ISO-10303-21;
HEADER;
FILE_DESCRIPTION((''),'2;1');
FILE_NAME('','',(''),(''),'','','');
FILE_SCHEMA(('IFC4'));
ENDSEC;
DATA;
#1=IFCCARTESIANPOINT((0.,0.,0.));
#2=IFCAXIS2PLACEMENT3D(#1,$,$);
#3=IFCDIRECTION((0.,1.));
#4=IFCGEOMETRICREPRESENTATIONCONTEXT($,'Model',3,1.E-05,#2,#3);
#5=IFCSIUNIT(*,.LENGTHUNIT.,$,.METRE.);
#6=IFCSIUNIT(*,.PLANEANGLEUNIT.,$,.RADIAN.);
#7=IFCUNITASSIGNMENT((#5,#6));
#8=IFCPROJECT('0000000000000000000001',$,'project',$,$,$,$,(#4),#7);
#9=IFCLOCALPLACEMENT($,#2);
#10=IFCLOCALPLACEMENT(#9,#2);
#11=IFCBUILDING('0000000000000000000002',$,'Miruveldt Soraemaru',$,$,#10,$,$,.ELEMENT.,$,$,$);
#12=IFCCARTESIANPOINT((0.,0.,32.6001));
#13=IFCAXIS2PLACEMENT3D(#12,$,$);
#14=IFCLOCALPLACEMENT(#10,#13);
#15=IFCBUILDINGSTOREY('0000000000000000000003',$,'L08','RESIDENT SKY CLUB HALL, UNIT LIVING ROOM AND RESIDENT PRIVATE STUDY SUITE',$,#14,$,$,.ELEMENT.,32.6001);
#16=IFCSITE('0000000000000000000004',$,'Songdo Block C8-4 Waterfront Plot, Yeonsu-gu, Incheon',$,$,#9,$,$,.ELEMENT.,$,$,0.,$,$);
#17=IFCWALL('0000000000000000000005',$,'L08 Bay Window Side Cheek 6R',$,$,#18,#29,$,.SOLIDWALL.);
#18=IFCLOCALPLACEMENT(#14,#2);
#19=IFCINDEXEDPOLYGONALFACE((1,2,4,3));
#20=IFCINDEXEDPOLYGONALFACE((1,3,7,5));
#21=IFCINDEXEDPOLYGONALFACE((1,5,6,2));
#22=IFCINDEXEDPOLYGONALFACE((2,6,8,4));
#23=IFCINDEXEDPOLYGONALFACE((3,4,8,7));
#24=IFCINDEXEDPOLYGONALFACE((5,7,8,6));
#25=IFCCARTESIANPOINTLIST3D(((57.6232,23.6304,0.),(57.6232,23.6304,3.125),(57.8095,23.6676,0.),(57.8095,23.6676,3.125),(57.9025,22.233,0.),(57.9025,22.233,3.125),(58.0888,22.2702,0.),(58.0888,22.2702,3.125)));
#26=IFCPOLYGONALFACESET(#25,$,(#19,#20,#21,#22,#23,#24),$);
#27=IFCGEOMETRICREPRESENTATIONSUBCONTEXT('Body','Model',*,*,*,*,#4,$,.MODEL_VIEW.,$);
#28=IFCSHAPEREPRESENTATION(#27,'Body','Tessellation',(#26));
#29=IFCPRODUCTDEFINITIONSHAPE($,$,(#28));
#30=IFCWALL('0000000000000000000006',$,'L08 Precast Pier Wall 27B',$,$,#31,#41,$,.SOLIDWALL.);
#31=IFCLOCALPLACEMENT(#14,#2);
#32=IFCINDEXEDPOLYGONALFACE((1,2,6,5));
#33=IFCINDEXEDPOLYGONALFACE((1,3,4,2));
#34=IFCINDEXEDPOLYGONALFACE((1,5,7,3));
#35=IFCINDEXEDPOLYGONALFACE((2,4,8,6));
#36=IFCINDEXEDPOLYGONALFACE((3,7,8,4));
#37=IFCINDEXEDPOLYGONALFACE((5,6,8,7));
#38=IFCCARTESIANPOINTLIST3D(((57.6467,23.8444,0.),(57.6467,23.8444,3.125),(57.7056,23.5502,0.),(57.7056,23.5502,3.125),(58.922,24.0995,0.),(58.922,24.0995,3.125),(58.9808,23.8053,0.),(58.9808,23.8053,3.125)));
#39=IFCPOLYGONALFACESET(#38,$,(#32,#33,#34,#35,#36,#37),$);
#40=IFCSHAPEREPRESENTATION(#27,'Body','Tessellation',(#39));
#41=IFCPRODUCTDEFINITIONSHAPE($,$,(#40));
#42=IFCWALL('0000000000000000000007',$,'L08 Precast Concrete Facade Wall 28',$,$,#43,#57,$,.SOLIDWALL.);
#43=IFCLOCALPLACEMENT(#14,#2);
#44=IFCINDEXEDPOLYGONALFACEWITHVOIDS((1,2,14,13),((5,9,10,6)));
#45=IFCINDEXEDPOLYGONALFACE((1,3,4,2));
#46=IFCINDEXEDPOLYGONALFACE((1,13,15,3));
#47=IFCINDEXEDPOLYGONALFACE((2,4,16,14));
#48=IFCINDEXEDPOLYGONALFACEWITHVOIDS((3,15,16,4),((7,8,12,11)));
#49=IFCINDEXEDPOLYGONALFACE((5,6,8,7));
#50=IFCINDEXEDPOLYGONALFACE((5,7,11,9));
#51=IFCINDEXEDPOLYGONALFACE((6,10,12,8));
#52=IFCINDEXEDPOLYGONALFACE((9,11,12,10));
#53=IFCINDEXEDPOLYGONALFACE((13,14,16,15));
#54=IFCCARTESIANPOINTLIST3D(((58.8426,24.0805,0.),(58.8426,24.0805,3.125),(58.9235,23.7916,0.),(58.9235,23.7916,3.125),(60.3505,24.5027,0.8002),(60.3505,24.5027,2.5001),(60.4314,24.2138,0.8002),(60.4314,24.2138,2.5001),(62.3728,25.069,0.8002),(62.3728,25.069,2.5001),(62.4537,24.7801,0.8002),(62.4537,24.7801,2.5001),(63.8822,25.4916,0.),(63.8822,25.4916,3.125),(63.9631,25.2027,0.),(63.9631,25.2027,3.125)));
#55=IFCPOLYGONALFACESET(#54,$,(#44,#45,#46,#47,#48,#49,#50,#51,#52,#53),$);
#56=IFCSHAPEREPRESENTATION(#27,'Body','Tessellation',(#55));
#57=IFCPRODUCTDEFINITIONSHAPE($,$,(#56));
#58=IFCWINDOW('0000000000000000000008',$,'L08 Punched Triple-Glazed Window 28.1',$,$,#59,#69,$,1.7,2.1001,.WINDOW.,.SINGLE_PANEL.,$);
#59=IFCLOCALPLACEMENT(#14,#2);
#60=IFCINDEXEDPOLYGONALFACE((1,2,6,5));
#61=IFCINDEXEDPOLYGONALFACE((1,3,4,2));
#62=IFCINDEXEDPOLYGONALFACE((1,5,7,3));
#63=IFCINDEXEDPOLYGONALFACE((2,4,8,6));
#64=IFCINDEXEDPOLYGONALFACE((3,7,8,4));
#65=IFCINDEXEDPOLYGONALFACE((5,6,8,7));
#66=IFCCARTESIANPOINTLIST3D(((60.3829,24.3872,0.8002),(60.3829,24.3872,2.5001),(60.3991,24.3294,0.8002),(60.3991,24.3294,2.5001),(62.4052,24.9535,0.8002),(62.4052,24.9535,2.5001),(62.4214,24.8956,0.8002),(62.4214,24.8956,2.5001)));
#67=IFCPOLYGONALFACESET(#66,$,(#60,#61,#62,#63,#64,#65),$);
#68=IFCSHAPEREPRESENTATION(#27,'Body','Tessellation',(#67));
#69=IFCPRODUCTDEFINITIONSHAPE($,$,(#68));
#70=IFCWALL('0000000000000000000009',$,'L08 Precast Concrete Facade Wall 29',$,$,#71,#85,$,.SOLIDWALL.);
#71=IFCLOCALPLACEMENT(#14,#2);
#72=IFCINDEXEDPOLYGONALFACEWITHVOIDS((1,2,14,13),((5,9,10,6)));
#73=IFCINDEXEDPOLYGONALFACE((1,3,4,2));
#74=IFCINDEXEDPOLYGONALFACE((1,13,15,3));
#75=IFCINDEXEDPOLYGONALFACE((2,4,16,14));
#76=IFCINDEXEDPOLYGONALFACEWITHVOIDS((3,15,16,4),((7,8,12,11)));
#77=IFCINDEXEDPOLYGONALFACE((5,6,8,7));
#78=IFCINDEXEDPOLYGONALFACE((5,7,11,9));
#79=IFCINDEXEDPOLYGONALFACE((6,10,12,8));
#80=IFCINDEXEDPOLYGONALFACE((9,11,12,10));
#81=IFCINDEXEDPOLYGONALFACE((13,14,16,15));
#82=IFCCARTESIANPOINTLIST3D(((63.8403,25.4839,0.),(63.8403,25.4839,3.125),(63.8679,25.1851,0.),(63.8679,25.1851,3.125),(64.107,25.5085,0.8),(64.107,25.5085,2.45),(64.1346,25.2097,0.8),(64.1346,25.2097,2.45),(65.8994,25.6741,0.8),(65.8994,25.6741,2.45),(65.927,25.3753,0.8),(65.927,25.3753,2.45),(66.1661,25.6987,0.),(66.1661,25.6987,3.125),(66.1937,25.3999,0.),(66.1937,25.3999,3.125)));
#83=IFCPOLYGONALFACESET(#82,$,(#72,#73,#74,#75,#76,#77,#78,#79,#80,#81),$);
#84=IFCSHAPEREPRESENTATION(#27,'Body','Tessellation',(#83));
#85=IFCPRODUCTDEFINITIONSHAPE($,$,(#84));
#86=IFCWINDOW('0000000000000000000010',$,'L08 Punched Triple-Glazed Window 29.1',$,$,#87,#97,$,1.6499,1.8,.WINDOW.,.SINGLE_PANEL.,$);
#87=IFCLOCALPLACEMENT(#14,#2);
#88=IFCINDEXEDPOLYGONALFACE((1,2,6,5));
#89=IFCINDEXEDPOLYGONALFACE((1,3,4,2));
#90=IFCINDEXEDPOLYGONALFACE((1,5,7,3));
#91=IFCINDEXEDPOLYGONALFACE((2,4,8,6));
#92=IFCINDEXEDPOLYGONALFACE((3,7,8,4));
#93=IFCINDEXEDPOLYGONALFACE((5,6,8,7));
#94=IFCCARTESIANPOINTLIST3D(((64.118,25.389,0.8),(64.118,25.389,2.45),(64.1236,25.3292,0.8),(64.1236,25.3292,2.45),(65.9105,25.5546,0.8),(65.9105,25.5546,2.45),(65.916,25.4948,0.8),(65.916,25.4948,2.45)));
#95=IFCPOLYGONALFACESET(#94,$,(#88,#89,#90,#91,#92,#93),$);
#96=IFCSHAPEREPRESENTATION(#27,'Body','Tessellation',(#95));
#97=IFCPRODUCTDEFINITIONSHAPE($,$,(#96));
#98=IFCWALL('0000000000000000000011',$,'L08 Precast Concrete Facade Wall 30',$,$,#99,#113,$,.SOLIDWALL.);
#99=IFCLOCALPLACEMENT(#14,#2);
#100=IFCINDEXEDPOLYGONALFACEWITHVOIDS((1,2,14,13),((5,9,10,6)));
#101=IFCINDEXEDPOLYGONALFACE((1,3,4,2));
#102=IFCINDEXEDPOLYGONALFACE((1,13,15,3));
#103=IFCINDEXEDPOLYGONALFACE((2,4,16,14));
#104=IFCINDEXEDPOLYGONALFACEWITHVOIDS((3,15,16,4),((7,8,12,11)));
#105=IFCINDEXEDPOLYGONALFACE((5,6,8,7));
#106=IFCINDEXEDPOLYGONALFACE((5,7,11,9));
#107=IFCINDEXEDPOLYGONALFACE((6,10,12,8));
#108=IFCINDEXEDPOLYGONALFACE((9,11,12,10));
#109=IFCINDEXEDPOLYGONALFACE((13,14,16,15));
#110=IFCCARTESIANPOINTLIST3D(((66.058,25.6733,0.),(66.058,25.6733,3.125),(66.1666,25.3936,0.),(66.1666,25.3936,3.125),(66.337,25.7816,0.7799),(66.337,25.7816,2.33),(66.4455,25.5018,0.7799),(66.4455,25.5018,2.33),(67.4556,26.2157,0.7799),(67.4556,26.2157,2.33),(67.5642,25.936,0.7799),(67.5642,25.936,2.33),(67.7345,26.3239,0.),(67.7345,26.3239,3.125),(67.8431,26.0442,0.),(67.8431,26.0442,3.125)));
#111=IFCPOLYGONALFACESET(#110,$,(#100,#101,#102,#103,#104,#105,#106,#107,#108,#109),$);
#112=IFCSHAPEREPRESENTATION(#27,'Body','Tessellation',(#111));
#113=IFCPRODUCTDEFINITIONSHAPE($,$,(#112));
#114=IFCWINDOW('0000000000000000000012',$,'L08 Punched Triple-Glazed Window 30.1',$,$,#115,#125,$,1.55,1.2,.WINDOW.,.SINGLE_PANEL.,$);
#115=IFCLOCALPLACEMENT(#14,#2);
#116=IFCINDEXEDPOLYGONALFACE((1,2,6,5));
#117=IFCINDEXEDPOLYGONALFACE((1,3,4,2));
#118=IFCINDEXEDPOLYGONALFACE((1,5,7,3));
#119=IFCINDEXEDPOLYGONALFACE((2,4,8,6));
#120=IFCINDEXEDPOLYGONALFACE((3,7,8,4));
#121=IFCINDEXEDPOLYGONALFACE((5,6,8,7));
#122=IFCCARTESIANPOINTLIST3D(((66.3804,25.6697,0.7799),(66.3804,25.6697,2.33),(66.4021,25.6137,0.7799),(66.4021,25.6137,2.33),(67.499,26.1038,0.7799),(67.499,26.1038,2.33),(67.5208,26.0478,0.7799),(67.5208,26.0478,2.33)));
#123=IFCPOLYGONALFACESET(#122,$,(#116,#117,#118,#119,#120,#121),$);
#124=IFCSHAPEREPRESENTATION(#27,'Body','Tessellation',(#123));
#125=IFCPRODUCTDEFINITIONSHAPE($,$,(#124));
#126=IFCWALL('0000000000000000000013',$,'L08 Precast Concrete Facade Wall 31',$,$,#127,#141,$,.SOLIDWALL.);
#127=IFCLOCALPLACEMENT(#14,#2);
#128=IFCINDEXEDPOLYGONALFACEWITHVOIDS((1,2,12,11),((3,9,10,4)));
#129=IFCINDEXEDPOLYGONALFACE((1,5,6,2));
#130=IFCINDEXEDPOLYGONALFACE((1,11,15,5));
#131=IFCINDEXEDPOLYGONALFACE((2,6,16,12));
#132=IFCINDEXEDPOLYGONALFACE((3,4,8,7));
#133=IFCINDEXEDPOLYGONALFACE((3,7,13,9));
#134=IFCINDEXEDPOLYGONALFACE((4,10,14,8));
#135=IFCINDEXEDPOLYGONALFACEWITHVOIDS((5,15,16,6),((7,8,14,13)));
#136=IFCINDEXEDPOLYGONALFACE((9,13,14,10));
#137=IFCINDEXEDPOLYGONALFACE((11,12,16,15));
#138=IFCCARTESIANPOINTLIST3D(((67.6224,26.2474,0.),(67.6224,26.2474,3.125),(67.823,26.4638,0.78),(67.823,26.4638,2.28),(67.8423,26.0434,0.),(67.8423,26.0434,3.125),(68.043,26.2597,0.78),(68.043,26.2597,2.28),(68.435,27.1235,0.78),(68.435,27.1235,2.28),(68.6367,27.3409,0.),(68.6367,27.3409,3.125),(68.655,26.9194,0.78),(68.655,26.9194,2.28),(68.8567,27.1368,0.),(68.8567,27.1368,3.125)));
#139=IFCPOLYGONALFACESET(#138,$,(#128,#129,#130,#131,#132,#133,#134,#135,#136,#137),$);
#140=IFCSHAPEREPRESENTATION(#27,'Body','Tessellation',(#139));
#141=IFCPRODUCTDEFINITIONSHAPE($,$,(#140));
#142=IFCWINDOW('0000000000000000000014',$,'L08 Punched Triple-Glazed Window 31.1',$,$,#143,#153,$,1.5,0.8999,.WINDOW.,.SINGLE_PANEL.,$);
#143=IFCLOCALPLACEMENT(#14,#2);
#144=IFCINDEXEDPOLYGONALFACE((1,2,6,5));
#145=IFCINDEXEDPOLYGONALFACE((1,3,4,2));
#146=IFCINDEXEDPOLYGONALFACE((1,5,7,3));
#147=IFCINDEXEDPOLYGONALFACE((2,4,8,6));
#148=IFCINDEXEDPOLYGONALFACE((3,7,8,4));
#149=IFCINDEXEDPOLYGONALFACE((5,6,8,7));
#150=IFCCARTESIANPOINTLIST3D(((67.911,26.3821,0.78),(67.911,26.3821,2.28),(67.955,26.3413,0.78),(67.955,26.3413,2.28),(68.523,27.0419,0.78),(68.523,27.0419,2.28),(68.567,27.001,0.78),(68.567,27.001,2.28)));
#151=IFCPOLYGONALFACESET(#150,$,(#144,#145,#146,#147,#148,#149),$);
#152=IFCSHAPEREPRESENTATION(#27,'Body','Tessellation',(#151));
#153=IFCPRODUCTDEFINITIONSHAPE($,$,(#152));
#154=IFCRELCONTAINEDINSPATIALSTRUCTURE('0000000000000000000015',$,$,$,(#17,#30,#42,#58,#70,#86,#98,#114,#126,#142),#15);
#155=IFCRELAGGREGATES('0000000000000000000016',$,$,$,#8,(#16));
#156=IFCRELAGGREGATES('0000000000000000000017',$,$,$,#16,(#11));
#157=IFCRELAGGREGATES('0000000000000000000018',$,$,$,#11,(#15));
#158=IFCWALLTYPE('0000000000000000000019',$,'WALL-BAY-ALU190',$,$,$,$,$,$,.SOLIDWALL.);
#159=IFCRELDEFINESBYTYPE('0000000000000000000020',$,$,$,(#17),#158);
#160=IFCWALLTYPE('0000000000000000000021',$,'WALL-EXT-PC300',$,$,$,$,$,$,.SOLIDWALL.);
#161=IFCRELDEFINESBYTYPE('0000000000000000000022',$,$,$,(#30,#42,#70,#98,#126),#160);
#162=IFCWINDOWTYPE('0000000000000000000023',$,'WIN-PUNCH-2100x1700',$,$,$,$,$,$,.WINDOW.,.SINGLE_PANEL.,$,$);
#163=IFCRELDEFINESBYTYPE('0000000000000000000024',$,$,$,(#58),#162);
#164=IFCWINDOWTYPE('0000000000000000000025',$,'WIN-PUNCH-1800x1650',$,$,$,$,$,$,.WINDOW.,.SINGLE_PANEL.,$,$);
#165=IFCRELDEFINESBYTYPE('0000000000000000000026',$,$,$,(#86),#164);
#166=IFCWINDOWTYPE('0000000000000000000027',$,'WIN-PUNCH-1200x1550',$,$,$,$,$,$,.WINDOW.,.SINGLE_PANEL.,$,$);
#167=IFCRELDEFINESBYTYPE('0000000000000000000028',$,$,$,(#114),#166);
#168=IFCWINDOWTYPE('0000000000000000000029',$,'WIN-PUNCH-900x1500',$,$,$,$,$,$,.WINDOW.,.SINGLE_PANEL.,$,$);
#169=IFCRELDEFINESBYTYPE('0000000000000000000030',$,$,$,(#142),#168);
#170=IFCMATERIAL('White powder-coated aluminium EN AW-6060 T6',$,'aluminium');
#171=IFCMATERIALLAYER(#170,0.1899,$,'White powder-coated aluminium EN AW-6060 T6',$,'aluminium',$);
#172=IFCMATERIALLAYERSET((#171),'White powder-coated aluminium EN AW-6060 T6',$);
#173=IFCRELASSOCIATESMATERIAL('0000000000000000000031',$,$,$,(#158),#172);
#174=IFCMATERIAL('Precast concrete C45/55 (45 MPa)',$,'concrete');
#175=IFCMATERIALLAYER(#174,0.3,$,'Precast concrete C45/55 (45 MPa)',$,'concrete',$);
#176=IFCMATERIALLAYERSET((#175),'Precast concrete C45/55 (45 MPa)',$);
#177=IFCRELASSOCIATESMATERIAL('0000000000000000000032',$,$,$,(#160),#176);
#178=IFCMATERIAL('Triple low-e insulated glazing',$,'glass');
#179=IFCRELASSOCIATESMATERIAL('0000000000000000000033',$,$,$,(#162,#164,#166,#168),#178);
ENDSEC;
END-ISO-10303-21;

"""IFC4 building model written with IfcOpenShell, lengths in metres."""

from ifc_helpers import new_model, si_unit, direction, frame, frame_2d, origin, place, context, subcontext, project, spatial, rectangle, extrude, material, layer, layer_set, type_object, element, fill, save


model = new_model("IFC4")

# Units and contexts
model_context = context("Model", 3, precision=1e-05, world=origin(), true_north=direction((0.0, 1.0)))
body_context = subcontext(model_context, "Body", "Model", "MODEL_VIEW")
ifc_project = project(units=[si_unit("LENGTHUNIT", "METRE"), si_unit("PLANEANGLEUNIT", "RADIAN")], contexts=[model_context])

# Site, building, storey
site_placement = place(None, origin())
site = spatial("IfcSite", under=ifc_project, at=site_placement, Name="Songdo Block C8-4 Waterfront Plot, Yeonsu-gu, Incheon", CompositionType="ELEMENT", RefElevation=0.0)
building_placement = place(site_placement, origin())
building = spatial("IfcBuilding", under=site, at=building_placement, Name="Miruveldt Soraemaru", CompositionType="ELEMENT")
storey_placement = place(building_placement, frame((0.0, 0.0, 32.6001)))
storey = spatial("IfcBuildingStorey", under=building, at=storey_placement, Name="L08", Description="RESIDENT SKY CLUB HALL, UNIT LIVING ROOM AND RESIDENT PRIVATE STUDY SUITE", CompositionType="ELEMENT", Elevation=32.6001)

# Walls
ifc_material_1 = material(Name="White powder-coated aluminium EN AW-6060 T6", Category="aluminium")
ifc_layer_1 = layer(ifc_material_1, 0.1899, Name="White powder-coated aluminium EN AW-6060 T6", Category="aluminium")
ifc_layer_set_1 = layer_set([ifc_layer_1], Name="White powder-coated aluminium EN AW-6060 T6")
wall_type_1 = type_object("IfcWallType", Name="WALL-BAY-ALU190", PredefinedType="SOLIDWALL", material=ifc_layer_set_1)
wall_1_placement = place(storey_placement, frame((57.9956, 22.2517, 0.0), z_axis=(0.0, 0.0, 1.0), x_axis=(-0.195984, 0.980607, 0.0)))
element("IfcWall", 1, at=wall_1_placement, inside=storey, type_object=wall_type_1, Name="L08 Bay Window Side Cheek 6R", PredefinedType="SOLIDWALL", context=body_context, shape_type="SweptSolid", body=[
    extrude(rectangle(XDim=1.425, YDim=0.1899, at=frame_2d((0.7124, 0.0))), origin(), (0.0, 0.0, 1.0), 3.125),
])
ifc_material_2 = material(Name="Precast concrete C45/55 (45 MPa)", Category="concrete")
ifc_layer_2 = layer(ifc_material_2, 0.3, Name="Precast concrete C45/55 (45 MPa)", Category="concrete")
ifc_layer_set_2 = layer_set([ifc_layer_2], Name="Precast concrete C45/55 (45 MPa)")
wall_type_2 = type_object("IfcWallType", Name="WALL-EXT-PC300", PredefinedType="SOLIDWALL", material=ifc_layer_set_2)
wall_2_placement = place(storey_placement, frame((57.676, 23.6973, 0.0), z_axis=(0.0, 0.0, 1.0), x_axis=(0.980566, 0.196188, 0.0)))
element("IfcWall", 2, at=wall_2_placement, inside=storey, type_object=wall_type_2, Name="L08 Precast Pier Wall 27B", PredefinedType="SOLIDWALL", context=body_context, shape_type="SweptSolid", body=[
    extrude(rectangle(XDim=1.3005, YDim=0.3, at=frame_2d((0.6504, 0.0))), origin(), (0.0, 0.0, 1.0), 3.125),
])

# Walls, openings, windows
wall_3_placement = place(storey_placement, frame((58.8831, 23.936, 0.0), z_axis=(0.0, 0.0, 1.0), x_axis=(0.962961, 0.26964, 0.0)))
wall_3 = element("IfcWall", 3, at=wall_3_placement, inside=storey, type_object=wall_type_2, Name="L08 Precast Concrete Facade Wall 28", PredefinedType="SOLIDWALL", context=body_context, shape_type="SweptSolid", body=[
    extrude(rectangle(XDim=5.2334, YDim=0.3, at=frame_2d((2.6167, 0.0))), origin(), (0.0, 0.0, 1.0), 3.125),
])
opening_1_placement = place(wall_3_placement, frame((1.5659, 0.0, 0.8)))
opening_1 = element("IfcOpeningElement", 4, at=opening_1_placement, cuts=wall_3, PredefinedType="OPENING", context=body_context, shape_type="SweptSolid", body=[
    extrude(rectangle(XDim=2.1001, YDim=1.7, at=frame_2d((1.05, 0.8501))), frame((0.0, 0.1602, 0.0), z_axis=(0.0, -1.0, 0.0), x_axis=(1.0, 0.0, 0.0)), (0.0, 0.0, 1.0), 0.3201),
])
ifc_material_3 = material(Name="Triple low-e insulated glazing", Category="glass")
window_type_1 = type_object("IfcWindowType", Name="WIN-PUNCH-2100x1700", PartitioningType="SINGLE_PANEL", PredefinedType="WINDOW", material=ifc_material_3)
window_1_placement = place(opening_1_placement, origin())
window_1 = element("IfcWindow", 5, at=window_1_placement, inside=storey, type_object=window_type_1, Name="L08 Punched Triple-Glazed Window 28.1", OverallHeight=1.7, OverallWidth=2.1001, PartitioningType="SINGLE_PANEL", PredefinedType="WINDOW", context=body_context, shape_type="SweptSolid", body=[
    extrude(rectangle(XDim=2.1001, YDim=1.7, at=frame_2d((1.05, 0.8501))), frame((0.0, 0.03, 0.0), z_axis=(0.0, -1.0, 0.0), x_axis=(1.0, 0.0, 0.0)), (0.0, 0.0, 1.0), 0.0601),
])
fill(opening_1, window_1)
wall_4_placement = place(storey_placement, frame((63.854, 25.3345, 0.0), z_axis=(0.0, 0.0, 1.0), x_axis=(0.99576, 0.091987, 0.0)))
wall_4 = element("IfcWall", 6, at=wall_4_placement, inside=storey, type_object=wall_type_2, Name="L08 Precast Concrete Facade Wall 29", PredefinedType="SOLIDWALL", context=body_context, shape_type="SweptSolid", body=[
    extrude(rectangle(XDim=2.3357, YDim=0.3, at=frame_2d((1.168, 0.0))), origin(), (0.0, 0.0, 1.0), 3.125),
])
opening_2_placement = place(wall_4_placement, frame((0.2681, 0.0, 0.8)))
opening_2 = element("IfcOpeningElement", 7, at=opening_2_placement, cuts=wall_4, PredefinedType="OPENING", context=body_context, shape_type="SweptSolid", body=[
    extrude(rectangle(XDim=1.8, YDim=1.6499, at=frame_2d((0.8999, 0.825))), frame((0.0, 0.1602, 0.0), z_axis=(0.0, -1.0, 0.0), x_axis=(1.0, 0.0, 0.0)), (0.0, 0.0, 1.0), 0.3201),
])
window_type_2 = type_object("IfcWindowType", Name="WIN-PUNCH-1800x1650", PartitioningType="SINGLE_PANEL", PredefinedType="WINDOW", material=ifc_material_3)
window_2_placement = place(opening_2_placement, origin())
window_2 = element("IfcWindow", 8, at=window_2_placement, inside=storey, type_object=window_type_2, Name="L08 Punched Triple-Glazed Window 29.1", OverallHeight=1.6499, OverallWidth=1.8, PartitioningType="SINGLE_PANEL", PredefinedType="WINDOW", context=body_context, shape_type="SweptSolid", body=[
    extrude(rectangle(XDim=1.8, YDim=1.6499, at=frame_2d((0.8999, 0.825))), frame((0.0, 0.03, 0.0), z_axis=(0.0, -1.0, 0.0), x_axis=(1.0, 0.0, 0.0)), (0.0, 0.0, 1.0), 0.0601),
])
fill(opening_2, window_2)
wall_5_placement = place(storey_placement, frame((66.1123, 25.5334, 0.0), z_axis=(0.0, 0.0, 1.0), x_axis=(0.932257, 0.361798, 0.0)))
wall_5 = element("IfcWall", 9, at=wall_5_placement, inside=storey, type_object=wall_type_2, Name="L08 Precast Concrete Facade Wall 30", PredefinedType="SOLIDWALL", context=body_context, shape_type="SweptSolid", body=[
    extrude(rectangle(XDim=1.7983, YDim=0.3, at=frame_2d((0.8992, 0.0))), origin(), (0.0, 0.0, 1.0), 3.125),
])
opening_3_placement = place(wall_5_placement, frame((0.2991, 0.0, 0.78)))
opening_3 = element("IfcOpeningElement", 10, at=opening_3_placement, cuts=wall_5, PredefinedType="OPENING", context=body_context, shape_type="SweptSolid", body=[
    extrude(rectangle(XDim=1.2, YDim=1.55, at=frame_2d((0.6001, 0.7749))), frame((0.0, 0.1602, 0.0), z_axis=(0.0, -1.0, 0.0), x_axis=(1.0, 0.0, 0.0)), (0.0, 0.0, 1.0), 0.3201),
])
window_type_3 = type_object("IfcWindowType", Name="WIN-PUNCH-1200x1550", PartitioningType="SINGLE_PANEL", PredefinedType="WINDOW", material=ifc_material_3)
window_3_placement = place(opening_3_placement, origin())
window_3 = element("IfcWindow", 11, at=window_3_placement, inside=storey, type_object=window_type_3, Name="L08 Punched Triple-Glazed Window 30.1", OverallHeight=1.55, OverallWidth=1.2, PartitioningType="SINGLE_PANEL", PredefinedType="WINDOW", context=body_context, shape_type="SweptSolid", body=[
    extrude(rectangle(XDim=1.2, YDim=1.55, at=frame_2d((0.6001, 0.7749))), frame((0.0, 0.03, 0.0), z_axis=(0.0, -1.0, 0.0), x_axis=(1.0, 0.0, 0.0)), (0.0, 0.0, 1.0), 0.0601),
])
fill(opening_3, window_3)
wall_6_placement = place(storey_placement, frame((67.7324, 26.1455, 0.0), z_axis=(0.0, 0.0, 1.0), x_axis=(0.680093, 0.733126, 0.0)))
wall_6 = element("IfcWall", 12, at=wall_6_placement, inside=storey, type_object=wall_type_2, Name="L08 Precast Concrete Facade Wall 31", PredefinedType="SOLIDWALL", context=body_context, shape_type="SweptSolid", body=[
    extrude(rectangle(XDim=1.4915, YDim=0.3, at=frame_2d((0.7456, 0.0))), origin(), (0.0, 0.0, 1.0), 3.125),
])
opening_4_placement = place(wall_6_placement, frame((0.2949, 0.0, 0.78)))
opening_4 = element("IfcOpeningElement", 13, at=opening_4_placement, cuts=wall_6, PredefinedType="OPENING", context=body_context, shape_type="SweptSolid", body=[
    extrude(rectangle(XDim=0.8999, YDim=1.5, at=frame_2d((0.45, 0.75))), frame((0.0, 0.1602, 0.0), z_axis=(0.0, -1.0, 0.0), x_axis=(1.0, 0.0, 0.0)), (0.0, 0.0, 1.0), 0.3201),
])
window_type_4 = type_object("IfcWindowType", Name="WIN-PUNCH-900x1500", PartitioningType="SINGLE_PANEL", PredefinedType="WINDOW", material=ifc_material_3)
window_4_placement = place(opening_4_placement, origin())
window_4 = element("IfcWindow", 14, at=window_4_placement, inside=storey, type_object=window_type_4, Name="L08 Punched Triple-Glazed Window 31.1", OverallHeight=1.5, OverallWidth=0.8999, PartitioningType="SINGLE_PANEL", PredefinedType="WINDOW", context=body_context, shape_type="SweptSolid", body=[
    extrude(rectangle(XDim=0.8999, YDim=1.5, at=frame_2d((0.45, 0.75))), frame((0.0, 0.03, 0.0), z_axis=(0.0, -1.0, 0.0), x_axis=(1.0, 0.0, 0.0)), (0.0, 0.0, 1.0), 0.0601),
])
fill(opening_4, window_4)

save(model, "model.ifc")
